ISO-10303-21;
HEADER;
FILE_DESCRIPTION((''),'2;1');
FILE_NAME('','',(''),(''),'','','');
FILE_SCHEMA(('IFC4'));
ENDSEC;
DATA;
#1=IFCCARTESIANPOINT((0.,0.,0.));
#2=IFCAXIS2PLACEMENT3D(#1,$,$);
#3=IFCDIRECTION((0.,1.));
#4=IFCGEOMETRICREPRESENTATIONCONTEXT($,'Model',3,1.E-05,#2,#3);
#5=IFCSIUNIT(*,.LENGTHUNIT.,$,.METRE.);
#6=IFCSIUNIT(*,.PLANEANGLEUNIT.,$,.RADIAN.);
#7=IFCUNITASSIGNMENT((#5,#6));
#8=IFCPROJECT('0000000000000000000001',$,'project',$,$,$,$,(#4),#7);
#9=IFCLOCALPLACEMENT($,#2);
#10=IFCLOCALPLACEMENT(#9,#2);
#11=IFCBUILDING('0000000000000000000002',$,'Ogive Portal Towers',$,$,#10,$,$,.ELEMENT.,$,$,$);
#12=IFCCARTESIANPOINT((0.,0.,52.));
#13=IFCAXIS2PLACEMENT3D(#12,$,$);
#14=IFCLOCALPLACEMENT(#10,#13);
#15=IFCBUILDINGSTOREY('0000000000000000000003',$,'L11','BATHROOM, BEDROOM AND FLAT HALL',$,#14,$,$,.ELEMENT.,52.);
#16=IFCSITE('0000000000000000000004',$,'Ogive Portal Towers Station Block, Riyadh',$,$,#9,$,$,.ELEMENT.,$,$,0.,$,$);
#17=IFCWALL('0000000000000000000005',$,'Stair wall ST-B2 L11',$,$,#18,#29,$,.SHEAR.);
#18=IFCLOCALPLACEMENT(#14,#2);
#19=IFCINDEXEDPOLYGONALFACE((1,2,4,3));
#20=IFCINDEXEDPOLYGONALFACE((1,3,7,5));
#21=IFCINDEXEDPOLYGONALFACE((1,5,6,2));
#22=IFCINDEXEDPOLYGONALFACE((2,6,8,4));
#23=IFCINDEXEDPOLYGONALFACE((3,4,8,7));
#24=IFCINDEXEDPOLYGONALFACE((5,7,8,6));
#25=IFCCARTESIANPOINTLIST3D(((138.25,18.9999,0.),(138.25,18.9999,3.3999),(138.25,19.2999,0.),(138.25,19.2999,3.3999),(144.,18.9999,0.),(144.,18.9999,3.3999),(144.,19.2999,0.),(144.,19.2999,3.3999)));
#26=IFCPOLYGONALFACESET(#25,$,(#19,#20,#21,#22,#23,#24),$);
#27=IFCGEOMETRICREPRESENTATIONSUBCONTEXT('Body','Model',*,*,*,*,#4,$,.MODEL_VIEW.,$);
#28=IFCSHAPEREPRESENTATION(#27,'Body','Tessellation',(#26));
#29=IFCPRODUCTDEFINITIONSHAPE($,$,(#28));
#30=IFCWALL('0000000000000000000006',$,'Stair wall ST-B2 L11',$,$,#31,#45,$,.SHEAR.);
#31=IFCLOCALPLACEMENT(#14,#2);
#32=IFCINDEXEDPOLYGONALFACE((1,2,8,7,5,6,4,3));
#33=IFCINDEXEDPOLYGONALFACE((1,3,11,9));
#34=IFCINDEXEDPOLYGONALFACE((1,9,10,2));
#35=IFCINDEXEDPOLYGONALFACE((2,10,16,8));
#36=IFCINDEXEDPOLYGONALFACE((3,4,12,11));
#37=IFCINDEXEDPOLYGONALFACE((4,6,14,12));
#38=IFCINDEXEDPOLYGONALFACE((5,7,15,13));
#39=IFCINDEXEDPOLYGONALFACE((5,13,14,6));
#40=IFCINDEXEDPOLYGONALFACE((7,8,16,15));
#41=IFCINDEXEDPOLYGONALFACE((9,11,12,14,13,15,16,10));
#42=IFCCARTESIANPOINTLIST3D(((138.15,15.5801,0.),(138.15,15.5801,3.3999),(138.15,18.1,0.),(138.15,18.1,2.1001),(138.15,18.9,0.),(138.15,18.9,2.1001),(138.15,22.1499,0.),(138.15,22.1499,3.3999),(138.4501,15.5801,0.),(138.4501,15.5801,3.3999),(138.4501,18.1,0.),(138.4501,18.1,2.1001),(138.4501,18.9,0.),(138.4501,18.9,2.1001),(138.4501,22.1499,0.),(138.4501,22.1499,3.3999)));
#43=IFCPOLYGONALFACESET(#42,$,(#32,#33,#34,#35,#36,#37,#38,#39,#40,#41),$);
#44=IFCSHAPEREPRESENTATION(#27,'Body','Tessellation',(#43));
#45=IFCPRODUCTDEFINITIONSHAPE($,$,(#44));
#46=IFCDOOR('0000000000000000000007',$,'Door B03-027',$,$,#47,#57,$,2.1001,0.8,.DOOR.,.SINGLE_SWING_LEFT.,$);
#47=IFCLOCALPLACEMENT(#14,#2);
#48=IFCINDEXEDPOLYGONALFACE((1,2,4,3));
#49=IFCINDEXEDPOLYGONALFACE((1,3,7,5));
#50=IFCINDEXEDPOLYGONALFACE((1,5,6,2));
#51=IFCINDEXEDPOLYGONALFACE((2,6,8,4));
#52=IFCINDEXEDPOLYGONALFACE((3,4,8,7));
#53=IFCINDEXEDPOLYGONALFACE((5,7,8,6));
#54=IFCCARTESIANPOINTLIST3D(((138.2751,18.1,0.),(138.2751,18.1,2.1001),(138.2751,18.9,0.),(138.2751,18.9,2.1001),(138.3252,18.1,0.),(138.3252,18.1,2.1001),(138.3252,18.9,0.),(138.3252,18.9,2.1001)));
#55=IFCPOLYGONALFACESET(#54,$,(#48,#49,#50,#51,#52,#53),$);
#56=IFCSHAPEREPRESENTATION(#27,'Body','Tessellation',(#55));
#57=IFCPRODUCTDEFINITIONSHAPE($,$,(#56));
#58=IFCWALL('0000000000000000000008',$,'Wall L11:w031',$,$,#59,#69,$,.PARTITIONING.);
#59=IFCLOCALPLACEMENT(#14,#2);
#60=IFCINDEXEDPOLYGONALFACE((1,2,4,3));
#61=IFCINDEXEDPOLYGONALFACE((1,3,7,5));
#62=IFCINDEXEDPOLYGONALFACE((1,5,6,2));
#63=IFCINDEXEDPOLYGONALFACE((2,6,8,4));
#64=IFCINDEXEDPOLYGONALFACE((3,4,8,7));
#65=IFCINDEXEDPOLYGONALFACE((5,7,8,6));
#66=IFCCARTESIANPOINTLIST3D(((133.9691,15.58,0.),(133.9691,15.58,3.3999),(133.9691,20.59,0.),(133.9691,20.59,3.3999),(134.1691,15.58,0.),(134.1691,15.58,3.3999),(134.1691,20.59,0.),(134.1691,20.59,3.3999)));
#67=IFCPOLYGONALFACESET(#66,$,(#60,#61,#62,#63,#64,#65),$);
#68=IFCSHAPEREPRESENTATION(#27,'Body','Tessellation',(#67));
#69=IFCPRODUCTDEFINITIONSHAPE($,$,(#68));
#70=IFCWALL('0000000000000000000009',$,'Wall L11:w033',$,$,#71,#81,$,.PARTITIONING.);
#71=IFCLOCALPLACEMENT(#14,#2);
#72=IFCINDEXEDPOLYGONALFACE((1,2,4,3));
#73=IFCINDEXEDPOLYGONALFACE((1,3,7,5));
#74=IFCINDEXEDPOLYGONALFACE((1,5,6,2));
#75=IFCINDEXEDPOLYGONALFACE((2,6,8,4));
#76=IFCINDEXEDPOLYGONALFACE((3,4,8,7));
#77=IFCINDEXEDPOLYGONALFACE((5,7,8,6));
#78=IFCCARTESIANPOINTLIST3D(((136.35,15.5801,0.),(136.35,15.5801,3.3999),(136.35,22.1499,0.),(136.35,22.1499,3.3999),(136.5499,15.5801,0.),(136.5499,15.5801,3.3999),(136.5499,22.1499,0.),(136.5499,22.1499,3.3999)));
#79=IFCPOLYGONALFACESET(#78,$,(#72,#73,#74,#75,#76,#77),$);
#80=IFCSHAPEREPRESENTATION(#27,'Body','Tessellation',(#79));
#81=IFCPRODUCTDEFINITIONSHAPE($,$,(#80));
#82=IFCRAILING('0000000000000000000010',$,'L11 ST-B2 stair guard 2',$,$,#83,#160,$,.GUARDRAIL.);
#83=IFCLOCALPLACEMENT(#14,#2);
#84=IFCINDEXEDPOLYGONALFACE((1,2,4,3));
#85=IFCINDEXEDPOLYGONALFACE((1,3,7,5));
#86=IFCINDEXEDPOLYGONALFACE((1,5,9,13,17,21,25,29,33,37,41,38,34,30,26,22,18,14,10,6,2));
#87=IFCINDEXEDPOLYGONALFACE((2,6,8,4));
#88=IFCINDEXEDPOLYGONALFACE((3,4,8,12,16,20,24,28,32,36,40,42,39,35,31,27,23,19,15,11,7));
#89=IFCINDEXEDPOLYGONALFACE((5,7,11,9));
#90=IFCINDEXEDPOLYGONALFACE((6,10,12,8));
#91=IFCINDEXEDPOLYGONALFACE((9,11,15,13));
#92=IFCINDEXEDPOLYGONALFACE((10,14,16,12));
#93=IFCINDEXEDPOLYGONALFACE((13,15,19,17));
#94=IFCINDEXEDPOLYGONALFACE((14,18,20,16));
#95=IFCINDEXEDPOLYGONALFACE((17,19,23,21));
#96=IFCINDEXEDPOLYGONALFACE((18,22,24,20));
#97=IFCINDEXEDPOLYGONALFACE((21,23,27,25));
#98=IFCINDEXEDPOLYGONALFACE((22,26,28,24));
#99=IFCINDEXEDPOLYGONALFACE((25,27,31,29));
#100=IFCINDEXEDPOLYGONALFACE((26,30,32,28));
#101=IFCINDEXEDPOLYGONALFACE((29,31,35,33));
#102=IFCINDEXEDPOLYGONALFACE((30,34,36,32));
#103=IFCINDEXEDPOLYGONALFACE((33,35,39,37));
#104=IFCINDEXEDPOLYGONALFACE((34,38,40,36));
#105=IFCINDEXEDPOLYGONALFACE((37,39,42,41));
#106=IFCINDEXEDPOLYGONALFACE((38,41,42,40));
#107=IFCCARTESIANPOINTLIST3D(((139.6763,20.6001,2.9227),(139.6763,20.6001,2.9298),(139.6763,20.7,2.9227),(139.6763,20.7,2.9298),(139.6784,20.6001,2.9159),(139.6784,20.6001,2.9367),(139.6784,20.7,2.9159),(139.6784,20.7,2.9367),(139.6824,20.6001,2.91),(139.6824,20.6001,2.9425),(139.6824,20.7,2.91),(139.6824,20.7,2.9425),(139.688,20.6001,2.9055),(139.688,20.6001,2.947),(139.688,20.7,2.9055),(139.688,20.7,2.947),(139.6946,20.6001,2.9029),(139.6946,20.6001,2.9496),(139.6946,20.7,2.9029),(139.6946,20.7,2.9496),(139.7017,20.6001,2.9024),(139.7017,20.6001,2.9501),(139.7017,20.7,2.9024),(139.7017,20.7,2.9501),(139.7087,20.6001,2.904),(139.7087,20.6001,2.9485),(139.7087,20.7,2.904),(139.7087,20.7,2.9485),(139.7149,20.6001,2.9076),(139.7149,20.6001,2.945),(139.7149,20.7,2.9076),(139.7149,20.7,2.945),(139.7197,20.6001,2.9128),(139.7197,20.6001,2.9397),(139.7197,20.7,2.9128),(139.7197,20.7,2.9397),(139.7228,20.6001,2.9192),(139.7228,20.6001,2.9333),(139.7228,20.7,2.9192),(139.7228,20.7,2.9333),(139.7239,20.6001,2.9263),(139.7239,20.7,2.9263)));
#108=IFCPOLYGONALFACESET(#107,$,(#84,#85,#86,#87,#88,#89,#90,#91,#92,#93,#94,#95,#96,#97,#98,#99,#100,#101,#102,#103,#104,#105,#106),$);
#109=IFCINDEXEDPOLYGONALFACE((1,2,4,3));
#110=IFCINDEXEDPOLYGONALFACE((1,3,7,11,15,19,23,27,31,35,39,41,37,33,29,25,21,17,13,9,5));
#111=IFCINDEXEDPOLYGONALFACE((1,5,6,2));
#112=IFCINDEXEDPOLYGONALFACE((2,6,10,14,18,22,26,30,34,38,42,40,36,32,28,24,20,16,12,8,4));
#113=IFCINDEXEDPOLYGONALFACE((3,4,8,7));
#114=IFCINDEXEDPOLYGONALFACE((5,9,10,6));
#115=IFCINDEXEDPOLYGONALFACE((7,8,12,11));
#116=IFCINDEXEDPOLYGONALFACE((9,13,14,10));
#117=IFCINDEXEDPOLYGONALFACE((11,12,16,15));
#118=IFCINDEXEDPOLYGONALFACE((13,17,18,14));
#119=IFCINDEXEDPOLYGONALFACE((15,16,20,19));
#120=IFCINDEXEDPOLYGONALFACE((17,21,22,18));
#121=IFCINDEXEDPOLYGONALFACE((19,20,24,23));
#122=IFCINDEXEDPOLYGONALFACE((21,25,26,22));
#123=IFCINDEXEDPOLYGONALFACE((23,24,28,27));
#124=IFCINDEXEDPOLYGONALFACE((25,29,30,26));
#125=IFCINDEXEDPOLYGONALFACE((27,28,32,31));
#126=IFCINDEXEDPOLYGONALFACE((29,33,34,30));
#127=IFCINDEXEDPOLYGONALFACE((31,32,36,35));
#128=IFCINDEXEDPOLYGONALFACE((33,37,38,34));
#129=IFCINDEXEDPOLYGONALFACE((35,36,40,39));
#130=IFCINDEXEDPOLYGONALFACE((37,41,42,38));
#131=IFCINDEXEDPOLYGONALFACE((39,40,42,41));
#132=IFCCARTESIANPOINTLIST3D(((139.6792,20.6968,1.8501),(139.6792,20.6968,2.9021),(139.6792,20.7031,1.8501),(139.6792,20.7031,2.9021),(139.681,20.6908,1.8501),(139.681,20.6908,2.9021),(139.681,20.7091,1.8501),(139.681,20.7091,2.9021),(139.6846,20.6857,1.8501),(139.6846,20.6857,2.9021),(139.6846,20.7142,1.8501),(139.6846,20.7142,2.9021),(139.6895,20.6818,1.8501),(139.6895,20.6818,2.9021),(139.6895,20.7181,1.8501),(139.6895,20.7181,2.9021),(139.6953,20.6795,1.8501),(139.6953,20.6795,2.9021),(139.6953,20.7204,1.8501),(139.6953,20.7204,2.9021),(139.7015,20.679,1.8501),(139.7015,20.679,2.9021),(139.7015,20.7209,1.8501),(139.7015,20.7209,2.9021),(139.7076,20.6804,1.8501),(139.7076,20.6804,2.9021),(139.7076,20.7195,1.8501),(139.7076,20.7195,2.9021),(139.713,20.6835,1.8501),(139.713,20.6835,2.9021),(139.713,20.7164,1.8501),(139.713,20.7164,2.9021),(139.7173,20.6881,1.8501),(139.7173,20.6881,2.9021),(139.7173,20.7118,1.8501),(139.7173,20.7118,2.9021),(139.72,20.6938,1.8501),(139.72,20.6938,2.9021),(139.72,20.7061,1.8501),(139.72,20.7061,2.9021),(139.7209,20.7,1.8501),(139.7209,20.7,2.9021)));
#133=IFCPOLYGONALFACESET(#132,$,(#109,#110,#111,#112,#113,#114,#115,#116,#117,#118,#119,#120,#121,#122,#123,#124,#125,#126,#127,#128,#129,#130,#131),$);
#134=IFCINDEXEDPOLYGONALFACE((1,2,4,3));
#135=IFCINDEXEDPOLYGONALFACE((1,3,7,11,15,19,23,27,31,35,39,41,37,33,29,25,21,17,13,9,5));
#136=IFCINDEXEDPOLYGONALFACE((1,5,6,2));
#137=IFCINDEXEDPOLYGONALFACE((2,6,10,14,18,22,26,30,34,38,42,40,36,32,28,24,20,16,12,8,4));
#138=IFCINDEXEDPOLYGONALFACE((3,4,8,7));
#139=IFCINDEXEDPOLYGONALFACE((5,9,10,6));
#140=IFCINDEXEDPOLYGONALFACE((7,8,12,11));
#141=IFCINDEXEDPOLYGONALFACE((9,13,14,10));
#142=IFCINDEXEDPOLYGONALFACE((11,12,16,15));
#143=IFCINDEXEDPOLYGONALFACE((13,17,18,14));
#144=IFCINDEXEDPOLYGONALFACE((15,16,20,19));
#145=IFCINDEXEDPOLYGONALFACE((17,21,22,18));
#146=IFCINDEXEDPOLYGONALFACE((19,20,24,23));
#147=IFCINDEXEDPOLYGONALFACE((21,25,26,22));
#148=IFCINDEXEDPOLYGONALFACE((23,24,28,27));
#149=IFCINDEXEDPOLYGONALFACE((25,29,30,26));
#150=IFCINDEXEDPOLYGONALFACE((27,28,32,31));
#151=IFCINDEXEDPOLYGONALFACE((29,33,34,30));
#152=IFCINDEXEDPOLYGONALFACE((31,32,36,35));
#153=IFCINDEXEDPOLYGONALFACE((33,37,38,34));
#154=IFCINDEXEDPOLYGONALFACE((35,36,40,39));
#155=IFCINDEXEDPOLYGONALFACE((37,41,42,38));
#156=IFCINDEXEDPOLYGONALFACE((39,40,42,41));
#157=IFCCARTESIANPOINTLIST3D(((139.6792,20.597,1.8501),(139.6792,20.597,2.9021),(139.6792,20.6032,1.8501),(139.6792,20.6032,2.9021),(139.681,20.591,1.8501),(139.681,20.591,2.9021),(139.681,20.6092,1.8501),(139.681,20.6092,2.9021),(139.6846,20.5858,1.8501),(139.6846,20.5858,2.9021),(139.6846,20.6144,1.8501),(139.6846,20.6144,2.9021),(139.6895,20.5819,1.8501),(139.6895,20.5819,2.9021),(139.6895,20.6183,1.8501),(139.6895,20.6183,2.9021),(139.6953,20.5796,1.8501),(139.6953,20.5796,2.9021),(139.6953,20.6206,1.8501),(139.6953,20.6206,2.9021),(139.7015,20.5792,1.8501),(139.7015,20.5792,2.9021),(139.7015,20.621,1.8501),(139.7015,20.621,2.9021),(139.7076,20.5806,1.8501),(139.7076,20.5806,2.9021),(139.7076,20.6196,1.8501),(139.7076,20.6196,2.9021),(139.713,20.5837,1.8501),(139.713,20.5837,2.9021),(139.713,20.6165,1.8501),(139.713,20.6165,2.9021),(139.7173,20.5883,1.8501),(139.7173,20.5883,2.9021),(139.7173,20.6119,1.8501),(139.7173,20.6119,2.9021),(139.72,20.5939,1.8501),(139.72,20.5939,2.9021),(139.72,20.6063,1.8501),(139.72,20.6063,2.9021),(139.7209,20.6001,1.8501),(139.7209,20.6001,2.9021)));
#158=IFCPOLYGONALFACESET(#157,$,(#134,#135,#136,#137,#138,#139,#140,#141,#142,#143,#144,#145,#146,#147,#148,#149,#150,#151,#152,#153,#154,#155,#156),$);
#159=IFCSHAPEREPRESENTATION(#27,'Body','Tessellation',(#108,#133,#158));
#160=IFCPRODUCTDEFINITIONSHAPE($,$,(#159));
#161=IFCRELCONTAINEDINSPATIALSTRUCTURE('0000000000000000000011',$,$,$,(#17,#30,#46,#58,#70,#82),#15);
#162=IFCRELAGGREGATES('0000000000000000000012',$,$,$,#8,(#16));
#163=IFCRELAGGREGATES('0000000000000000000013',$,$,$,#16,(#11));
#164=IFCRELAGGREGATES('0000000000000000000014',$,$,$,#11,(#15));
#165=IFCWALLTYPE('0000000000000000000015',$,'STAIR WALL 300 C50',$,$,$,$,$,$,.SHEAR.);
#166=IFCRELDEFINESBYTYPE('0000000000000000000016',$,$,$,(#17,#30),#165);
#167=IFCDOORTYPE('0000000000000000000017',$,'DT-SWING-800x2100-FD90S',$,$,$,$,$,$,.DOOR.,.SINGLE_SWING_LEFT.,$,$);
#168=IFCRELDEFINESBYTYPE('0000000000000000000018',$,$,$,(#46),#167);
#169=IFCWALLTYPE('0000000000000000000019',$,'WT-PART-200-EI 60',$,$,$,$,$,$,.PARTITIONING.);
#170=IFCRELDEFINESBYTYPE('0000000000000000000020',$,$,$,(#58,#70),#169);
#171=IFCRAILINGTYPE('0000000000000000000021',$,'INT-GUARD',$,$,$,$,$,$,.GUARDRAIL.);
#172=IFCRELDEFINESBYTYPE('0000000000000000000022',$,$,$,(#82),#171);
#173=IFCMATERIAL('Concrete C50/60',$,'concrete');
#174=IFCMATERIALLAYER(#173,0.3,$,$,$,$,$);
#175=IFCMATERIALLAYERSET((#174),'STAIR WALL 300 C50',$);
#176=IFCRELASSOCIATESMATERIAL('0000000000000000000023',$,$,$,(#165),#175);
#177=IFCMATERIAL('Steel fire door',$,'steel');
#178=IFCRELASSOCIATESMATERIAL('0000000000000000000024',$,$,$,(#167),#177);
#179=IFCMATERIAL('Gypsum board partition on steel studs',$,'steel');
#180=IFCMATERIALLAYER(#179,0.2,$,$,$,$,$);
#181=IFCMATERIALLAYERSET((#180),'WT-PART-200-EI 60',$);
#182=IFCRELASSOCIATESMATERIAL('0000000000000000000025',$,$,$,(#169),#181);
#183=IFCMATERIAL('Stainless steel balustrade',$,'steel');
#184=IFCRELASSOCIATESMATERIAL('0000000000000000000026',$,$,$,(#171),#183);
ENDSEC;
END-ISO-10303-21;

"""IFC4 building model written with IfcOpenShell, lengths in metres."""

from ifc_helpers import new_model, si_unit, direction, frame, frame_2d, origin, origin_2d, place, context, subcontext, project, spatial, rectangle, circle, extrude, material, layer, layer_set, type_object, element, fill, save


model = new_model("IFC4")

# Units and contexts
model_context = context("Model", 3, precision=1e-05, world=origin(), true_north=direction((0.0, 1.0)))
body_context = subcontext(model_context, "Body", "Model", "MODEL_VIEW")
ifc_project = project(units=[si_unit("LENGTHUNIT", "METRE"), si_unit("PLANEANGLEUNIT", "RADIAN")], contexts=[model_context])

# Site, building, storey
site_placement = place(None, origin())
site = spatial("IfcSite", under=ifc_project, at=site_placement, Name="Ogive Portal Towers Station Block, Riyadh", CompositionType="ELEMENT", RefElevation=0.0)
building_placement = place(site_placement, origin())
building = spatial("IfcBuilding", under=site, at=building_placement, Name="Ogive Portal Towers", CompositionType="ELEMENT")
storey_placement = place(building_placement, frame((0.0, 0.0, 52.0)))
storey = spatial("IfcBuildingStorey", under=building, at=storey_placement, Name="L11", Description="BATHROOM, BEDROOM AND FLAT HALL", CompositionType="ELEMENT", Elevation=52.0)

# Shared definitions
ifc_material_1 = material(Name="Concrete C50/60", Category="concrete")

# Shared definitions
ifc_material_2 = material(Name="Steel fire door", Category="steel")

# Wall
ifc_layer_1 = layer(ifc_material_1, 0.3)
ifc_layer_set_1 = layer_set([ifc_layer_1], Name="STAIR WALL 300 C50")
wall_type_1 = type_object("IfcWallType", Name="STAIR WALL 300 C50", PredefinedType="SHEAR", material=ifc_layer_set_1)
wall_1_placement = place(storey_placement, frame((138.25, 19.1499, 0.0), z_axis=(0.0, 0.0, 1.0), x_axis=(1.0, 0.0, 0.0)))
element("IfcWall", 1, at=wall_1_placement, inside=storey, type_object=wall_type_1, Name="Stair wall ST-B2 L11", PredefinedType="SHEAR", context=body_context, shape_type="SweptSolid", body=[
    extrude(rectangle(XDim=5.75, YDim=0.3, at=frame_2d((2.875, 0.0))), origin(), (0.0, 0.0, 1.0), 3.3999),
])

# Wall, opening, door
wall_2_placement = place(storey_placement, frame((138.3, 15.5801, 0.0), z_axis=(0.0, 0.0, 1.0), x_axis=(0.0, 1.0, 0.0)))
wall_2 = element("IfcWall", 2, at=wall_2_placement, inside=storey, type_object=wall_type_1, Name="Stair wall ST-B2 L11", PredefinedType="SHEAR", context=body_context, shape_type="SweptSolid", body=[
    extrude(rectangle(XDim=6.5698, YDim=0.3, at=frame_2d((3.2849, 0.0))), origin(), (0.0, 0.0, 1.0), 3.3999),
])
opening_1_placement = place(wall_2_placement, frame((2.52, 0.0, 0.0)))
opening_1 = element("IfcOpeningElement", 3, at=opening_1_placement, cuts=wall_2, PredefinedType="OPENING", context=body_context, shape_type="SweptSolid", body=[
    extrude(rectangle(XDim=0.8, YDim=2.1001, at=frame_2d((0.3999, 1.05))), frame((0.0, 0.1602, 0.0), z_axis=(0.0, -1.0, 0.0), x_axis=(1.0, 0.0, 0.0)), (0.0, 0.0, 1.0), 0.3201),
])
door_type_1 = type_object("IfcDoorType", Name="DT-SWING-800x2100-FD90S", OperationType="SINGLE_SWING_LEFT", PredefinedType="DOOR", material=ifc_material_2)
door_1_placement = place(opening_1_placement, origin())
door_1 = element("IfcDoor", 4, at=door_1_placement, inside=storey, type_object=door_type_1, Name="Door B03-027", OperationType="SINGLE_SWING_LEFT", OverallHeight=2.1001, OverallWidth=0.8, PredefinedType="DOOR", context=body_context, shape_type="SweptSolid", body=[
    extrude(rectangle(XDim=0.8, YDim=2.1001, at=frame_2d((0.3999, 1.05))), frame((0.0, 0.0249, 0.0), z_axis=(0.0, -1.0, 0.0), x_axis=(1.0, 0.0, 0.0)), (0.0, 0.0, 1.0), 0.05),
])
fill(opening_1, door_1)

# Walls
ifc_material_3 = material(Name="Gypsum board partition on steel studs", Category="steel")
ifc_layer_2 = layer(ifc_material_3, 0.2)
ifc_layer_set_2 = layer_set([ifc_layer_2], Name="WT-PART-200-EI 60")
wall_type_2 = type_object("IfcWallType", Name="WT-PART-200-EI 60", PredefinedType="PARTITIONING", material=ifc_layer_set_2)
wall_3_placement = place(storey_placement, frame((134.0691, 15.5801, 0.0), z_axis=(0.0, 0.0, 1.0), x_axis=(0.0, 1.0, 0.0)))
element("IfcWall", 5, at=wall_3_placement, inside=storey, type_object=wall_type_2, Name="Wall L11:w031", PredefinedType="PARTITIONING", context=body_context, shape_type="SweptSolid", body=[
    extrude(rectangle(XDim=5.01, YDim=0.2, at=frame_2d((2.5049, 0.0))), origin(), (0.0, 0.0, 1.0), 3.3999),
])
wall_4_placement = place(storey_placement, frame((136.45, 15.5801, 0.0), z_axis=(0.0, 0.0, 1.0), x_axis=(0.0, 1.0, 0.0)))
element("IfcWall", 6, at=wall_4_placement, inside=storey, type_object=wall_type_2, Name="Wall L11:w033", PredefinedType="PARTITIONING", context=body_context, shape_type="SweptSolid", body=[
    extrude(rectangle(XDim=6.5698, YDim=0.2, at=frame_2d((3.2849, 0.0))), origin(), (0.0, 0.0, 1.0), 3.3999),
])

# Railing
ifc_material_4 = material(Name="Stainless steel balustrade", Category="steel")
railing_type_1 = type_object("IfcRailingType", Name="INT-GUARD", PredefinedType="GUARDRAIL", material=ifc_material_4)
railing_1_placement = place(storey_placement, frame((139.7, 20.7, 1.8501)))
element("IfcRailing", 7, at=railing_1_placement, inside=storey, type_object=railing_type_1, Name="L11 ST-B2 stair guard 2", PredefinedType="GUARDRAIL", context=body_context, shape_type="SweptSolid", body=[
    extrude(circle(Radius=0.0239, at=origin_2d()), frame((0.0, 0.0, 1.0762), z_axis=(0.0, -1.0, 0.0), x_axis=(1.0, 0.0, 0.0)), (0.0, 0.0, 1.0), 0.0999),
    extrude(circle(Radius=0.021, at=origin_2d()), origin(), (0.0, 0.0, 1.0), 1.052),
    extrude(circle(Radius=0.021, at=origin_2d()), frame((0.0, -0.0999, 0.0)), (0.0, 0.0, 1.0), 1.052),
])

save(model, "model.ifc")
